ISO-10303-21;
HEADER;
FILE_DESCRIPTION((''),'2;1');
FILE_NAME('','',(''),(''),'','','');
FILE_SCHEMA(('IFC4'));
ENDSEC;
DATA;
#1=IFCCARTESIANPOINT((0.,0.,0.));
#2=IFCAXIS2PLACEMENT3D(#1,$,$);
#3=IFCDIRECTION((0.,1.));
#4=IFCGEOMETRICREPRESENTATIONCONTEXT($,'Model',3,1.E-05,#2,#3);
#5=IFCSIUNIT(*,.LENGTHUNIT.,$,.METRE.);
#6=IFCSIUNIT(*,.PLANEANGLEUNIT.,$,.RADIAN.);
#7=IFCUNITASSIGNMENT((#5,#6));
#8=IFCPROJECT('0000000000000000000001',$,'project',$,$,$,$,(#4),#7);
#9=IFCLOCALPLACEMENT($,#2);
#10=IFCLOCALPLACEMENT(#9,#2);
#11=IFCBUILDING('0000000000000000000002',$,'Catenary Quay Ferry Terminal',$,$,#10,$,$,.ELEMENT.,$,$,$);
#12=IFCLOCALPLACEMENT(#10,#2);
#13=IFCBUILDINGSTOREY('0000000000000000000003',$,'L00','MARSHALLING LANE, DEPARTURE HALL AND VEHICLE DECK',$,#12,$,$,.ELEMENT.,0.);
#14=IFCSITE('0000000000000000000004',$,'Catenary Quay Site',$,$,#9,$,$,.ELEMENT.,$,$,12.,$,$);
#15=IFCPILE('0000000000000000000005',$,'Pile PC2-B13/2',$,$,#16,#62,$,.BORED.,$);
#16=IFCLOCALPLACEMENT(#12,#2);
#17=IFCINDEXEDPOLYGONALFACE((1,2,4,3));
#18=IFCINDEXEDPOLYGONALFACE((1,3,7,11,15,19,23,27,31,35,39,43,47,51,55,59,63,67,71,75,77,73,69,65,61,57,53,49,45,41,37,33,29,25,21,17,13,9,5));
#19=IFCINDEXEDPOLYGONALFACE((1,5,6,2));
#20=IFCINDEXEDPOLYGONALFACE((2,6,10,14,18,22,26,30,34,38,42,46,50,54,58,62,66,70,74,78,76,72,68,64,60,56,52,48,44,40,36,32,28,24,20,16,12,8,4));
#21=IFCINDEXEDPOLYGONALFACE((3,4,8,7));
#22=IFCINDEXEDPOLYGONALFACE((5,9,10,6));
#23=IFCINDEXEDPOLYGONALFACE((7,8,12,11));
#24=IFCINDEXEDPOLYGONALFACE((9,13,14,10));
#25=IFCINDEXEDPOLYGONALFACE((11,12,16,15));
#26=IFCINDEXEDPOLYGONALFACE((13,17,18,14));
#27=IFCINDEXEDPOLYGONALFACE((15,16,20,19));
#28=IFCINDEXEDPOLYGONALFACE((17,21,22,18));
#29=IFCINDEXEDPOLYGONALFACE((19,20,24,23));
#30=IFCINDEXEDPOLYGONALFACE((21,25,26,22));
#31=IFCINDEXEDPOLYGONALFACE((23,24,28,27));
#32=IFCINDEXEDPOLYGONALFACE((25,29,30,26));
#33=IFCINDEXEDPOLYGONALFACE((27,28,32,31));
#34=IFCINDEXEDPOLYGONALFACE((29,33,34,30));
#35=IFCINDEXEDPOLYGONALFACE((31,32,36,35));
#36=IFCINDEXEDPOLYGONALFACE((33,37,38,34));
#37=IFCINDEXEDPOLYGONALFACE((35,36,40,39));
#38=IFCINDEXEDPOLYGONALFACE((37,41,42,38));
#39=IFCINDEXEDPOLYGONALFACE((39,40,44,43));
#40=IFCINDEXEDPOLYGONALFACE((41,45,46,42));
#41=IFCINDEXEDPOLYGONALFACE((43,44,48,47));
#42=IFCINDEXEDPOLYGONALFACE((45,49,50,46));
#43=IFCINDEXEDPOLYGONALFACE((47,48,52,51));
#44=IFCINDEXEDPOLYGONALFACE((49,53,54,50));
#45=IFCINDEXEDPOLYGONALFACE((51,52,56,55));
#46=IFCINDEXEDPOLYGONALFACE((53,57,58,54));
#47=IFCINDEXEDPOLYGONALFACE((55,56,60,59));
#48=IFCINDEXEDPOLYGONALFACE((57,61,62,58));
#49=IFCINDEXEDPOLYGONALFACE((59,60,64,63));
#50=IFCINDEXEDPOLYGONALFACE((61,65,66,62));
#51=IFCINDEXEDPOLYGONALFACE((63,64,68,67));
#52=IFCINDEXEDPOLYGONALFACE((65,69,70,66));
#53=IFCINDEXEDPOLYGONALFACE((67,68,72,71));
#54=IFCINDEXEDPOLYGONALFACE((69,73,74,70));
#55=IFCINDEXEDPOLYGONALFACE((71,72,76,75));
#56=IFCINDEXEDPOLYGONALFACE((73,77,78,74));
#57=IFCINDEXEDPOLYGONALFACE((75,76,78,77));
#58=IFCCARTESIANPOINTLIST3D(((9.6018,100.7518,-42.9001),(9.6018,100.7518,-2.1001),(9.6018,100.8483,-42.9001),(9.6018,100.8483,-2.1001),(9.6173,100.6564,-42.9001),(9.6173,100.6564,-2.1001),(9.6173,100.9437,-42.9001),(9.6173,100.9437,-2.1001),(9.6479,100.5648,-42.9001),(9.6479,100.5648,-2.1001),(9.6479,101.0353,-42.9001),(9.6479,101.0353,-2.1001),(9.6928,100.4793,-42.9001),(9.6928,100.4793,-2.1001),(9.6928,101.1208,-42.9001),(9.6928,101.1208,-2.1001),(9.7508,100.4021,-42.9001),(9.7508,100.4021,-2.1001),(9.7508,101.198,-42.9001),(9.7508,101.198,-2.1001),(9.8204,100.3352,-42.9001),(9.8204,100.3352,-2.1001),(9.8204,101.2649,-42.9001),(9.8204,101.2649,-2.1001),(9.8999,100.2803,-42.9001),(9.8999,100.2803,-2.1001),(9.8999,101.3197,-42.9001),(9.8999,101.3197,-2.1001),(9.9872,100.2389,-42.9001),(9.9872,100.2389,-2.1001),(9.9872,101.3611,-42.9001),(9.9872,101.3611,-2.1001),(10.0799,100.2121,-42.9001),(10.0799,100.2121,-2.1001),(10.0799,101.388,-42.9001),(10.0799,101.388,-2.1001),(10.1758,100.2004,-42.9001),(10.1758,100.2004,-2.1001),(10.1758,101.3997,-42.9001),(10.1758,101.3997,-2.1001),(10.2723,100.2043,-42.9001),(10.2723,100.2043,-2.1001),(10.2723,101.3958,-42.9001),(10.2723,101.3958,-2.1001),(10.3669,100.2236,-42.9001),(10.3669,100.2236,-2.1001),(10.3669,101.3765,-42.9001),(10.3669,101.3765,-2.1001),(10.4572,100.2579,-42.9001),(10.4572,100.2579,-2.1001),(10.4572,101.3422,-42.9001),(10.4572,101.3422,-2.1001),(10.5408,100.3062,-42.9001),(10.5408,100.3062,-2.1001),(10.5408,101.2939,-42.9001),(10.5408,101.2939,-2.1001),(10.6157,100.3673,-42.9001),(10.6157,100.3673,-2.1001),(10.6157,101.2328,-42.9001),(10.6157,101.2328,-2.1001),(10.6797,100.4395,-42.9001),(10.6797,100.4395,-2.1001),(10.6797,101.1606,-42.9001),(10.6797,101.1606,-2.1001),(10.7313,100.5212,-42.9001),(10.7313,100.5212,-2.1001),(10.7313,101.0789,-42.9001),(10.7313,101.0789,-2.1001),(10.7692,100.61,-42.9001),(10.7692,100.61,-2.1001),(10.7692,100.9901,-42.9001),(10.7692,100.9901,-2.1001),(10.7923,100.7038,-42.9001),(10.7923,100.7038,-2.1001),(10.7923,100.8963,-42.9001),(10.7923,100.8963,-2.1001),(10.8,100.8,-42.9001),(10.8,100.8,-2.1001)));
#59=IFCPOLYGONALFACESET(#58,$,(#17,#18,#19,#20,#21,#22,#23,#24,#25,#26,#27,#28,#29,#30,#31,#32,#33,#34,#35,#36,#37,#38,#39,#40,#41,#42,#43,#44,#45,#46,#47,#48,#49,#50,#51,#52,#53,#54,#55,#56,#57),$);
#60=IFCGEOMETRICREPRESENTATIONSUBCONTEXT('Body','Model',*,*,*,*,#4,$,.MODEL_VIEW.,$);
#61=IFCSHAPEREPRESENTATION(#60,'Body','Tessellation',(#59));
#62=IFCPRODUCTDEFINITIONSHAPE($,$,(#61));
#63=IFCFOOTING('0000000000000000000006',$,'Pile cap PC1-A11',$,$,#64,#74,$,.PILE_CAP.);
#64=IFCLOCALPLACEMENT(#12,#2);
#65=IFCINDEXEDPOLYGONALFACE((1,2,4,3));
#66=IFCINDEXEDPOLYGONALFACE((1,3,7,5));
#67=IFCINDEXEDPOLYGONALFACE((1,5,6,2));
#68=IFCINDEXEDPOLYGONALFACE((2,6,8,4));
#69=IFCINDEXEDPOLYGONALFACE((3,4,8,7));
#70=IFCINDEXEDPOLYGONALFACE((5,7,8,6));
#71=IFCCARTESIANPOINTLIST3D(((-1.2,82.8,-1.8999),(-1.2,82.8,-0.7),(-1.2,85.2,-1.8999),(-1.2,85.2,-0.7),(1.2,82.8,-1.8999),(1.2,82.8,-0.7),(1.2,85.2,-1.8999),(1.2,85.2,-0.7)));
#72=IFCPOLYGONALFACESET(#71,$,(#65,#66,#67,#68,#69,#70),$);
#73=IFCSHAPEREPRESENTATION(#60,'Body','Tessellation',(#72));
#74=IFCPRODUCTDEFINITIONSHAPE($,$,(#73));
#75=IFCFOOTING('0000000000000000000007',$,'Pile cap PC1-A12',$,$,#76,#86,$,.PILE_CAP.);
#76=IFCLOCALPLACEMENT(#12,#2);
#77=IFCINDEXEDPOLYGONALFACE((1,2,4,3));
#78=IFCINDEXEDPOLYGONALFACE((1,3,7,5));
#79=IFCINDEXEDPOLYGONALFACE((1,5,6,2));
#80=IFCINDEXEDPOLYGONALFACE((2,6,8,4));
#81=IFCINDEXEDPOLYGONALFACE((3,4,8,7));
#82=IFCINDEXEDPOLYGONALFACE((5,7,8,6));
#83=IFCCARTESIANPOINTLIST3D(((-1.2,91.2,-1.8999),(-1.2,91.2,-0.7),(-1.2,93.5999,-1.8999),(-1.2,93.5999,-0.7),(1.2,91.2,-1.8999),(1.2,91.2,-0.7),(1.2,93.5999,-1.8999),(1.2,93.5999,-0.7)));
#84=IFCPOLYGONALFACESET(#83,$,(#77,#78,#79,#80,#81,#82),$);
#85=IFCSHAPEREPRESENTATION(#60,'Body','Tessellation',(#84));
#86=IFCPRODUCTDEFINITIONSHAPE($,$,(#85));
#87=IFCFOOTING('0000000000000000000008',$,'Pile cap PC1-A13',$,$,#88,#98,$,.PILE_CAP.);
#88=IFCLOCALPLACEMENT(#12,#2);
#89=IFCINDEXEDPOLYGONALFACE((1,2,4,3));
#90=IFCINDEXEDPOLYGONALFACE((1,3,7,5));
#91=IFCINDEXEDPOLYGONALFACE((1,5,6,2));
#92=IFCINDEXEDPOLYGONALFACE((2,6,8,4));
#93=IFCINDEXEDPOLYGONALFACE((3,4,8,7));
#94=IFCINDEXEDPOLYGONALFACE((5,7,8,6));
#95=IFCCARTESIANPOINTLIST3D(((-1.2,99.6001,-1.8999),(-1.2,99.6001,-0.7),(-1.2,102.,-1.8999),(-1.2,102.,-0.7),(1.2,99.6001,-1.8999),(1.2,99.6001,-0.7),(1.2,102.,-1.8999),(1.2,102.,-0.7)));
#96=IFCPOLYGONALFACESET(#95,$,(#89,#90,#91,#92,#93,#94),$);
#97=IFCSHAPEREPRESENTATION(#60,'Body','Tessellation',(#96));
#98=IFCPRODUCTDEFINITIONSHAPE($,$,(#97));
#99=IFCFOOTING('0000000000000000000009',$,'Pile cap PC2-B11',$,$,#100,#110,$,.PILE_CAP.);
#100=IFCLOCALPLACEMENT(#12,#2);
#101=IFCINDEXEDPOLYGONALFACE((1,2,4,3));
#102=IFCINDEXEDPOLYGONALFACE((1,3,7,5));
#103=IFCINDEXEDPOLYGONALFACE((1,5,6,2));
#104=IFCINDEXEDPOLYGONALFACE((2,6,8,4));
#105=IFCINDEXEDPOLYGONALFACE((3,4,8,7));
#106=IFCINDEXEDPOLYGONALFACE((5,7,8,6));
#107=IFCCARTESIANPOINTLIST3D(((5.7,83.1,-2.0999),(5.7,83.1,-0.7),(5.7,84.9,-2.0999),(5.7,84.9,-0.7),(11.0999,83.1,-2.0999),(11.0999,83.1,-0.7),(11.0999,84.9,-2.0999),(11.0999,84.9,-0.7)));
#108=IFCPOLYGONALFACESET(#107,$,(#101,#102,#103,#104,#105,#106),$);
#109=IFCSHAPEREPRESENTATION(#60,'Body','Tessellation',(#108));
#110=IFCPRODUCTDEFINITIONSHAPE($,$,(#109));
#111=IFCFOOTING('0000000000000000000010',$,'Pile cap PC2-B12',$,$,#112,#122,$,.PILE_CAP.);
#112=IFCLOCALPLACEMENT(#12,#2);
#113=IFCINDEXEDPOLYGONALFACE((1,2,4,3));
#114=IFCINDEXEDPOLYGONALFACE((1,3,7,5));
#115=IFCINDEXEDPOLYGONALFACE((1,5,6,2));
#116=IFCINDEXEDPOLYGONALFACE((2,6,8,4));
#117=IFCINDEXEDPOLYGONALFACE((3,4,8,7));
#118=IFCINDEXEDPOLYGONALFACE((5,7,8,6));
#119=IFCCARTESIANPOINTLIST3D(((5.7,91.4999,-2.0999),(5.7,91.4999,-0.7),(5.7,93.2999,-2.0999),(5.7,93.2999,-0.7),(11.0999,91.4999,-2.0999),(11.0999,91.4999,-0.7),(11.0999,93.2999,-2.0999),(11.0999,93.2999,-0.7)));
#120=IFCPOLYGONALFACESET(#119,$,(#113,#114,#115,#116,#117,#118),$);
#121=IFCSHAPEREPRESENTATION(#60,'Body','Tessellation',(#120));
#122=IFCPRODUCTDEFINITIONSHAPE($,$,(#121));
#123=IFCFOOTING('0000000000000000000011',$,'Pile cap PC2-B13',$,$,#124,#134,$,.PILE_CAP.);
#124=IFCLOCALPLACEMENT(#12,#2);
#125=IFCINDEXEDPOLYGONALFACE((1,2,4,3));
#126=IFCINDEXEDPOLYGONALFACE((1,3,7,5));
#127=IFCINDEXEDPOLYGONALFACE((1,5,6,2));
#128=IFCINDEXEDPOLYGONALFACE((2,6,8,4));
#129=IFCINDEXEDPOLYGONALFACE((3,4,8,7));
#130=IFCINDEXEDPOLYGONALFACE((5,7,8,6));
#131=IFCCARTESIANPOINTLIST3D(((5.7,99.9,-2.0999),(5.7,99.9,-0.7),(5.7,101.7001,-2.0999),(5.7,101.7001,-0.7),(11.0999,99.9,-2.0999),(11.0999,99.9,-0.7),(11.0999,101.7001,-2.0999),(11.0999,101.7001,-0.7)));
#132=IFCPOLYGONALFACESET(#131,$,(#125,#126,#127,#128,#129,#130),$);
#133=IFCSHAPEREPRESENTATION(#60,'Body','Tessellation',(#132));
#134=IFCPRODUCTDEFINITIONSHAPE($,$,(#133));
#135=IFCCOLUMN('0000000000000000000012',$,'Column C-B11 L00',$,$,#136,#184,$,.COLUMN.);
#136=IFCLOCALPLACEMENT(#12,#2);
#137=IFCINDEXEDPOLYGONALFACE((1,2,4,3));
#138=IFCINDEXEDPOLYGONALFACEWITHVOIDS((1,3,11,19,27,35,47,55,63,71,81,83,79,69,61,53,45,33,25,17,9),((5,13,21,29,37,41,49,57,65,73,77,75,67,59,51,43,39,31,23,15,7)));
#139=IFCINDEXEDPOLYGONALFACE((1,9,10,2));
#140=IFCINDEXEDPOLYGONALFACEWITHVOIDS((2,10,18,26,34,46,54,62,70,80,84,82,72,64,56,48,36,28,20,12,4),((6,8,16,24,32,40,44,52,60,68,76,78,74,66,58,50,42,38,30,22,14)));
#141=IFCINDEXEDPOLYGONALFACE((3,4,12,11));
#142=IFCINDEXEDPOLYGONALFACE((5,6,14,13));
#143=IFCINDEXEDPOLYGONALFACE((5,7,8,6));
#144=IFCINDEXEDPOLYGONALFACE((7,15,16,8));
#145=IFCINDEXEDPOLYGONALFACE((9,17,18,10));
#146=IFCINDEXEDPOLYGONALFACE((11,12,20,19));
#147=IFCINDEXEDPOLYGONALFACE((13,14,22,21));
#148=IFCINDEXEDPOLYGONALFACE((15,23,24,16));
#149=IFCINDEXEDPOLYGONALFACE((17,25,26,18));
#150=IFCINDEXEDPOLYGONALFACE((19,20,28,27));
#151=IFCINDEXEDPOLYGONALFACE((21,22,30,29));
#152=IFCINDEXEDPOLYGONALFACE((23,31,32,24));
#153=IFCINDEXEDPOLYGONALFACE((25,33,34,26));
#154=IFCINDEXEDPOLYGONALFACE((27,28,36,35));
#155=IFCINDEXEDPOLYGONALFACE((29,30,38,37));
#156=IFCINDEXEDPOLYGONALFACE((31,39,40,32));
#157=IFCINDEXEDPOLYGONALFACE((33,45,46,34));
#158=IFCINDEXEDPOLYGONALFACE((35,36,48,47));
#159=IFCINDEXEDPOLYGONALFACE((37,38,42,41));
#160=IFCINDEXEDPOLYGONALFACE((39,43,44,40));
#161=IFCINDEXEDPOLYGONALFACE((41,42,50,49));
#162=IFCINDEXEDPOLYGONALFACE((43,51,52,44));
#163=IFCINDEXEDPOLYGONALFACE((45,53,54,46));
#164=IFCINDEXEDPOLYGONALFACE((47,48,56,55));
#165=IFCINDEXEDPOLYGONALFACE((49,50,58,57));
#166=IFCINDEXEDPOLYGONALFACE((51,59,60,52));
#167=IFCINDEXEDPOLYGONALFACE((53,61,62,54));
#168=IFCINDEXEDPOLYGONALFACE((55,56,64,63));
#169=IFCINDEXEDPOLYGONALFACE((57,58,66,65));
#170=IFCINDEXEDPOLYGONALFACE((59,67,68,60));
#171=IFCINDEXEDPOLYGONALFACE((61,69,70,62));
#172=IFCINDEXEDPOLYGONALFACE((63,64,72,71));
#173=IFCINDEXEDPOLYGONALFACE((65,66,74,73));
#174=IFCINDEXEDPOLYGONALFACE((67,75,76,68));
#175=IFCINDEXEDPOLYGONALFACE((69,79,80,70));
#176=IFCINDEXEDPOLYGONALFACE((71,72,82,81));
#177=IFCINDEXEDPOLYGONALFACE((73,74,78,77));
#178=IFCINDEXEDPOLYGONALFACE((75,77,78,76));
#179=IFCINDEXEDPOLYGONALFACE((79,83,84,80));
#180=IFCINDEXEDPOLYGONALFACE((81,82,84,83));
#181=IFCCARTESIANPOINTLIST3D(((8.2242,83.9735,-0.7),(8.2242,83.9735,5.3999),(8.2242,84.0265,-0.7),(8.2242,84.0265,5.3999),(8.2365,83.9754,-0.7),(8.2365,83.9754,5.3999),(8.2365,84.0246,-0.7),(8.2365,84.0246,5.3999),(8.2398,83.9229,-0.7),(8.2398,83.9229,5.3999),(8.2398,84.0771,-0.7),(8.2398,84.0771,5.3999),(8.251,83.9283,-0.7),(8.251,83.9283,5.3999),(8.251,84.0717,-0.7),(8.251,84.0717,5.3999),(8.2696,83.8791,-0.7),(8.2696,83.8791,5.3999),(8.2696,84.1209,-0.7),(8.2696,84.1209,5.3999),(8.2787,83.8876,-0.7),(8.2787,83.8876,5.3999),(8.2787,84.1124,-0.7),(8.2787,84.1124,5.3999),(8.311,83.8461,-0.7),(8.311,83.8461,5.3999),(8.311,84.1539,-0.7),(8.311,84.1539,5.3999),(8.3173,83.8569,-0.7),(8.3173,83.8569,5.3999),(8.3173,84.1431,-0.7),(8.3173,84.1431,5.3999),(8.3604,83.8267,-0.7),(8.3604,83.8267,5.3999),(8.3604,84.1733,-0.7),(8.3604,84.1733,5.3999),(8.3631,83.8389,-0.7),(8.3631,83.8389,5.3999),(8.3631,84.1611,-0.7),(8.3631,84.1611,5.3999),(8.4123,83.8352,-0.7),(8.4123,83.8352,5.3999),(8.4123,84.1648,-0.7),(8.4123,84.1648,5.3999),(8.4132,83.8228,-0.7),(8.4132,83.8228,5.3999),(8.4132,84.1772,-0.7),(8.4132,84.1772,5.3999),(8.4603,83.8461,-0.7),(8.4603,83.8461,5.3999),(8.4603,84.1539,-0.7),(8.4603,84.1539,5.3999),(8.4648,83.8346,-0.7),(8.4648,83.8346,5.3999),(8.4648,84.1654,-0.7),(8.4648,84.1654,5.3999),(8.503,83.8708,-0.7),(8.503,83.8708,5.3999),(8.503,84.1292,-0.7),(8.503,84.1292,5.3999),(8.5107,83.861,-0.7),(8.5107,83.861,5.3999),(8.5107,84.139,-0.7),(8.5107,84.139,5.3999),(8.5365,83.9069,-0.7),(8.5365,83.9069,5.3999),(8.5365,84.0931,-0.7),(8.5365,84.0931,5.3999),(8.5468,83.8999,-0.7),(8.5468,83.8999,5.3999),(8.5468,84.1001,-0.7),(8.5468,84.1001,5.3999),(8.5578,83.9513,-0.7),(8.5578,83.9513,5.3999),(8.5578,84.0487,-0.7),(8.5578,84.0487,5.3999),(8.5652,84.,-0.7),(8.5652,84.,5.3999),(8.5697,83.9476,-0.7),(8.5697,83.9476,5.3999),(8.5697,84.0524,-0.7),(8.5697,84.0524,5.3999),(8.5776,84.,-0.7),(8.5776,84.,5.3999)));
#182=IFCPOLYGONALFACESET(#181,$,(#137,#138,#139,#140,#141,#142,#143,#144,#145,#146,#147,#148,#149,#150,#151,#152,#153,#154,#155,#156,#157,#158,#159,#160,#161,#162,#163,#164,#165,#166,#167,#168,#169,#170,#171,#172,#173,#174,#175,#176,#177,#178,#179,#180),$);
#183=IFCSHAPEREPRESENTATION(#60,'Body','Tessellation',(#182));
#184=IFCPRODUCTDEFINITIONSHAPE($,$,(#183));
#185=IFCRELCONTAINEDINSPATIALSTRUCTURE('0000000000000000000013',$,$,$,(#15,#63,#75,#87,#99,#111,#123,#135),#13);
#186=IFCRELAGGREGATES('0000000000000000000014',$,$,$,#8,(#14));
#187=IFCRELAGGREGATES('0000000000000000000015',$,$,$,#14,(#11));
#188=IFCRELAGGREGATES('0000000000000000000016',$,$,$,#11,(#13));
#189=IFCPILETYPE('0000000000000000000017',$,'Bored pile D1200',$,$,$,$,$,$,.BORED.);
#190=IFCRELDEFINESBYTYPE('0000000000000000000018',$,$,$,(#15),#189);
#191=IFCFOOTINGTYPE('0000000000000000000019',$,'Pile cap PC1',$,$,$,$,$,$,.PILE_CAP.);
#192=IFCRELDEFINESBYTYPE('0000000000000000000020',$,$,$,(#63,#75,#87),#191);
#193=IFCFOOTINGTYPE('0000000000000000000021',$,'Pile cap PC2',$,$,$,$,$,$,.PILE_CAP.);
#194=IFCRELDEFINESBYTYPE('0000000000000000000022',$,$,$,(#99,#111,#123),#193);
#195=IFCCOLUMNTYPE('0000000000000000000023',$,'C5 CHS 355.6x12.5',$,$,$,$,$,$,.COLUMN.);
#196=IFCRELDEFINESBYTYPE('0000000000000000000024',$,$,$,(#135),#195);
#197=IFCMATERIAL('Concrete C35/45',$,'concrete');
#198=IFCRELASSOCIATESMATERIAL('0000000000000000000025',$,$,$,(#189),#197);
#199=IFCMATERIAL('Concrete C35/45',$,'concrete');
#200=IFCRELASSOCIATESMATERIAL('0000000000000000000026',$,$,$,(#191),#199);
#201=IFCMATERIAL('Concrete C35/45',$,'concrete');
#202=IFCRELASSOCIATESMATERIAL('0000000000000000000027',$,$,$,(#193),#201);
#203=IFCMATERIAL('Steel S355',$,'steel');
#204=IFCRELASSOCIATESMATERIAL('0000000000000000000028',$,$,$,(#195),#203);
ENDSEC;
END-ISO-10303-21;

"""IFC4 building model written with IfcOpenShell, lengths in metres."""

from ifc_helpers import new_model, si_unit, direction, frame, origin, origin_2d, place, context, subcontext, project, spatial, rectangle, circle, hollow_circle, extrude, material, material_profile, profile_set, type_object, element, save


model = new_model("IFC4")

# Units and contexts
model_context = context("Model", 3, precision=1e-05, world=origin(), true_north=direction((0.0, 1.0)))
body_context = subcontext(model_context, "Body", "Model", "MODEL_VIEW")
ifc_project = project(units=[si_unit("LENGTHUNIT", "METRE"), si_unit("PLANEANGLEUNIT", "RADIAN")], contexts=[model_context])

# Site, building, storey
site_placement = place(None, origin())
site = spatial("IfcSite", under=ifc_project, at=site_placement, Name="Catenary Quay Site", CompositionType="ELEMENT", RefElevation=12.0)
building_placement = place(site_placement, origin())
building = spatial("IfcBuilding", under=site, at=building_placement, Name="Catenary Quay Ferry Terminal", CompositionType="ELEMENT")
storey_placement = place(building_placement, origin())
storey = spatial("IfcBuildingStorey", under=building, at=storey_placement, Name="L00", Description="MARSHALLING LANE, DEPARTURE HALL AND VEHICLE DECK", CompositionType="ELEMENT", Elevation=0.0)

# Pile
ifc_material_1 = material(Name="Concrete C35/45", Category="concrete")
ifc_material_profile_1 = material_profile(ifc_material_1, circle(Radius=0.6001, at=origin_2d()), Name="D1200")
ifc_profile_set_1 = profile_set([ifc_material_profile_1], Name="Concrete C35/45")
pile_type = type_object("IfcPileType", Name="Bored pile D1200", PredefinedType="BORED", material=ifc_profile_set_1)
for number, where, z_axis, x_axis, name in (
    (1, (10.2, 100.8, -2.1001), (0.0, 0.0, -1.0), (1.0, 0.0, 0.0), "Pile PC2-B13/2"),
):
    element("IfcPile", number, at=place(storey_placement, frame(where, z_axis=z_axis, x_axis=x_axis)), inside=storey, type_object=pile_type, Name=name, PredefinedType="BORED", context=body_context, shape_type="SweptSolid", body=[
        extrude(circle(Radius=0.6001, at=origin_2d()), origin(), (0.0, 0.0, 1.0), 40.8),
    ])

# Footings
ifc_material_2 = material(Name="Concrete C35/45", Category="concrete")
footing_type_1 = type_object("IfcFootingType", Name="Pile cap PC1", PredefinedType="PILE_CAP", material=ifc_material_2)
for number, where, z_axis, x_axis, name in (
    (2, (0.0, 84.0, -1.8999), (0.0, 0.0, 1.0), (1.0, 0.0, 0.0), "Pile cap PC1-A11"),
    (3, (0.0, 92.3999, -1.8999), (0.0, 0.0, 1.0), (1.0, 0.0, 0.0), "Pile cap PC1-A12"),
    (4, (0.0, 100.8, -1.8999), (0.0, 0.0, 1.0), (1.0, 0.0, 0.0), "Pile cap PC1-A13"),
):
    element("IfcFooting", number, at=place(storey_placement, frame(where, z_axis=z_axis, x_axis=x_axis)), inside=storey, type_object=footing_type_1, Name=name, PredefinedType="PILE_CAP", context=body_context, shape_type="SweptSolid", body=[
        extrude(rectangle(XDim=2.3999, YDim=2.3999, at=origin_2d()), origin(), (0.0, 0.0, 1.0), 1.2),
    ])
ifc_material_3 = material(Name="Concrete C35/45", Category="concrete")
footing_type_2 = type_object("IfcFootingType", Name="Pile cap PC2", PredefinedType="PILE_CAP", material=ifc_material_3)
for number, where, z_axis, x_axis, name in (
    (5, (8.3999, 84.0, -2.0999), (0.0, 0.0, 1.0), (1.0, 0.0, 0.0), "Pile cap PC2-B11"),
    (6, (8.3999, 92.3999, -2.0999), (0.0, 0.0, 1.0), (1.0, 0.0, 0.0), "Pile cap PC2-B12"),
    (7, (8.3999, 100.8, -2.0999), (0.0, 0.0, 1.0), (1.0, 0.0, 0.0), "Pile cap PC2-B13"),
):
    element("IfcFooting", number, at=place(storey_placement, frame(where, z_axis=z_axis, x_axis=x_axis)), inside=storey, type_object=footing_type_2, Name=name, PredefinedType="PILE_CAP", context=body_context, shape_type="SweptSolid", body=[
        extrude(rectangle(XDim=5.3999, YDim=1.8, at=origin_2d()), origin(), (0.0, 0.0, 1.0), 1.3999),
    ])

# Column
ifc_material_4 = material(Name="Steel S355", Category="steel")
ifc_material_profile_2 = material_profile(ifc_material_4, hollow_circle(Radius=0.1777, WallThickness=0.0125, at=origin_2d()), Name="CHS 355.6x12.5")
ifc_profile_set_2 = profile_set([ifc_material_profile_2], Name="Steel S355")
column_type = type_object("IfcColumnType", Name="C5 CHS 355.6x12.5", PredefinedType="COLUMN", material=ifc_profile_set_2)
for number, where, z_axis, x_axis, name in (
    (8, (8.3999, 84.0, -0.7), (0.0, 0.0, 1.0), (1.0, 0.0, 0.0), "Column C-B11 L00"),
):
    element("IfcColumn", number, at=place(storey_placement, frame(where, z_axis=z_axis, x_axis=x_axis)), inside=storey, type_object=column_type, Name=name, PredefinedType="COLUMN", context=body_context, shape_type="SweptSolid", body=[
        extrude(hollow_circle(Radius=0.1777, WallThickness=0.0125, at=origin_2d()), origin(), (0.0, 0.0, 1.0), 6.0999),
    ])

save(model, "model.ifc")
